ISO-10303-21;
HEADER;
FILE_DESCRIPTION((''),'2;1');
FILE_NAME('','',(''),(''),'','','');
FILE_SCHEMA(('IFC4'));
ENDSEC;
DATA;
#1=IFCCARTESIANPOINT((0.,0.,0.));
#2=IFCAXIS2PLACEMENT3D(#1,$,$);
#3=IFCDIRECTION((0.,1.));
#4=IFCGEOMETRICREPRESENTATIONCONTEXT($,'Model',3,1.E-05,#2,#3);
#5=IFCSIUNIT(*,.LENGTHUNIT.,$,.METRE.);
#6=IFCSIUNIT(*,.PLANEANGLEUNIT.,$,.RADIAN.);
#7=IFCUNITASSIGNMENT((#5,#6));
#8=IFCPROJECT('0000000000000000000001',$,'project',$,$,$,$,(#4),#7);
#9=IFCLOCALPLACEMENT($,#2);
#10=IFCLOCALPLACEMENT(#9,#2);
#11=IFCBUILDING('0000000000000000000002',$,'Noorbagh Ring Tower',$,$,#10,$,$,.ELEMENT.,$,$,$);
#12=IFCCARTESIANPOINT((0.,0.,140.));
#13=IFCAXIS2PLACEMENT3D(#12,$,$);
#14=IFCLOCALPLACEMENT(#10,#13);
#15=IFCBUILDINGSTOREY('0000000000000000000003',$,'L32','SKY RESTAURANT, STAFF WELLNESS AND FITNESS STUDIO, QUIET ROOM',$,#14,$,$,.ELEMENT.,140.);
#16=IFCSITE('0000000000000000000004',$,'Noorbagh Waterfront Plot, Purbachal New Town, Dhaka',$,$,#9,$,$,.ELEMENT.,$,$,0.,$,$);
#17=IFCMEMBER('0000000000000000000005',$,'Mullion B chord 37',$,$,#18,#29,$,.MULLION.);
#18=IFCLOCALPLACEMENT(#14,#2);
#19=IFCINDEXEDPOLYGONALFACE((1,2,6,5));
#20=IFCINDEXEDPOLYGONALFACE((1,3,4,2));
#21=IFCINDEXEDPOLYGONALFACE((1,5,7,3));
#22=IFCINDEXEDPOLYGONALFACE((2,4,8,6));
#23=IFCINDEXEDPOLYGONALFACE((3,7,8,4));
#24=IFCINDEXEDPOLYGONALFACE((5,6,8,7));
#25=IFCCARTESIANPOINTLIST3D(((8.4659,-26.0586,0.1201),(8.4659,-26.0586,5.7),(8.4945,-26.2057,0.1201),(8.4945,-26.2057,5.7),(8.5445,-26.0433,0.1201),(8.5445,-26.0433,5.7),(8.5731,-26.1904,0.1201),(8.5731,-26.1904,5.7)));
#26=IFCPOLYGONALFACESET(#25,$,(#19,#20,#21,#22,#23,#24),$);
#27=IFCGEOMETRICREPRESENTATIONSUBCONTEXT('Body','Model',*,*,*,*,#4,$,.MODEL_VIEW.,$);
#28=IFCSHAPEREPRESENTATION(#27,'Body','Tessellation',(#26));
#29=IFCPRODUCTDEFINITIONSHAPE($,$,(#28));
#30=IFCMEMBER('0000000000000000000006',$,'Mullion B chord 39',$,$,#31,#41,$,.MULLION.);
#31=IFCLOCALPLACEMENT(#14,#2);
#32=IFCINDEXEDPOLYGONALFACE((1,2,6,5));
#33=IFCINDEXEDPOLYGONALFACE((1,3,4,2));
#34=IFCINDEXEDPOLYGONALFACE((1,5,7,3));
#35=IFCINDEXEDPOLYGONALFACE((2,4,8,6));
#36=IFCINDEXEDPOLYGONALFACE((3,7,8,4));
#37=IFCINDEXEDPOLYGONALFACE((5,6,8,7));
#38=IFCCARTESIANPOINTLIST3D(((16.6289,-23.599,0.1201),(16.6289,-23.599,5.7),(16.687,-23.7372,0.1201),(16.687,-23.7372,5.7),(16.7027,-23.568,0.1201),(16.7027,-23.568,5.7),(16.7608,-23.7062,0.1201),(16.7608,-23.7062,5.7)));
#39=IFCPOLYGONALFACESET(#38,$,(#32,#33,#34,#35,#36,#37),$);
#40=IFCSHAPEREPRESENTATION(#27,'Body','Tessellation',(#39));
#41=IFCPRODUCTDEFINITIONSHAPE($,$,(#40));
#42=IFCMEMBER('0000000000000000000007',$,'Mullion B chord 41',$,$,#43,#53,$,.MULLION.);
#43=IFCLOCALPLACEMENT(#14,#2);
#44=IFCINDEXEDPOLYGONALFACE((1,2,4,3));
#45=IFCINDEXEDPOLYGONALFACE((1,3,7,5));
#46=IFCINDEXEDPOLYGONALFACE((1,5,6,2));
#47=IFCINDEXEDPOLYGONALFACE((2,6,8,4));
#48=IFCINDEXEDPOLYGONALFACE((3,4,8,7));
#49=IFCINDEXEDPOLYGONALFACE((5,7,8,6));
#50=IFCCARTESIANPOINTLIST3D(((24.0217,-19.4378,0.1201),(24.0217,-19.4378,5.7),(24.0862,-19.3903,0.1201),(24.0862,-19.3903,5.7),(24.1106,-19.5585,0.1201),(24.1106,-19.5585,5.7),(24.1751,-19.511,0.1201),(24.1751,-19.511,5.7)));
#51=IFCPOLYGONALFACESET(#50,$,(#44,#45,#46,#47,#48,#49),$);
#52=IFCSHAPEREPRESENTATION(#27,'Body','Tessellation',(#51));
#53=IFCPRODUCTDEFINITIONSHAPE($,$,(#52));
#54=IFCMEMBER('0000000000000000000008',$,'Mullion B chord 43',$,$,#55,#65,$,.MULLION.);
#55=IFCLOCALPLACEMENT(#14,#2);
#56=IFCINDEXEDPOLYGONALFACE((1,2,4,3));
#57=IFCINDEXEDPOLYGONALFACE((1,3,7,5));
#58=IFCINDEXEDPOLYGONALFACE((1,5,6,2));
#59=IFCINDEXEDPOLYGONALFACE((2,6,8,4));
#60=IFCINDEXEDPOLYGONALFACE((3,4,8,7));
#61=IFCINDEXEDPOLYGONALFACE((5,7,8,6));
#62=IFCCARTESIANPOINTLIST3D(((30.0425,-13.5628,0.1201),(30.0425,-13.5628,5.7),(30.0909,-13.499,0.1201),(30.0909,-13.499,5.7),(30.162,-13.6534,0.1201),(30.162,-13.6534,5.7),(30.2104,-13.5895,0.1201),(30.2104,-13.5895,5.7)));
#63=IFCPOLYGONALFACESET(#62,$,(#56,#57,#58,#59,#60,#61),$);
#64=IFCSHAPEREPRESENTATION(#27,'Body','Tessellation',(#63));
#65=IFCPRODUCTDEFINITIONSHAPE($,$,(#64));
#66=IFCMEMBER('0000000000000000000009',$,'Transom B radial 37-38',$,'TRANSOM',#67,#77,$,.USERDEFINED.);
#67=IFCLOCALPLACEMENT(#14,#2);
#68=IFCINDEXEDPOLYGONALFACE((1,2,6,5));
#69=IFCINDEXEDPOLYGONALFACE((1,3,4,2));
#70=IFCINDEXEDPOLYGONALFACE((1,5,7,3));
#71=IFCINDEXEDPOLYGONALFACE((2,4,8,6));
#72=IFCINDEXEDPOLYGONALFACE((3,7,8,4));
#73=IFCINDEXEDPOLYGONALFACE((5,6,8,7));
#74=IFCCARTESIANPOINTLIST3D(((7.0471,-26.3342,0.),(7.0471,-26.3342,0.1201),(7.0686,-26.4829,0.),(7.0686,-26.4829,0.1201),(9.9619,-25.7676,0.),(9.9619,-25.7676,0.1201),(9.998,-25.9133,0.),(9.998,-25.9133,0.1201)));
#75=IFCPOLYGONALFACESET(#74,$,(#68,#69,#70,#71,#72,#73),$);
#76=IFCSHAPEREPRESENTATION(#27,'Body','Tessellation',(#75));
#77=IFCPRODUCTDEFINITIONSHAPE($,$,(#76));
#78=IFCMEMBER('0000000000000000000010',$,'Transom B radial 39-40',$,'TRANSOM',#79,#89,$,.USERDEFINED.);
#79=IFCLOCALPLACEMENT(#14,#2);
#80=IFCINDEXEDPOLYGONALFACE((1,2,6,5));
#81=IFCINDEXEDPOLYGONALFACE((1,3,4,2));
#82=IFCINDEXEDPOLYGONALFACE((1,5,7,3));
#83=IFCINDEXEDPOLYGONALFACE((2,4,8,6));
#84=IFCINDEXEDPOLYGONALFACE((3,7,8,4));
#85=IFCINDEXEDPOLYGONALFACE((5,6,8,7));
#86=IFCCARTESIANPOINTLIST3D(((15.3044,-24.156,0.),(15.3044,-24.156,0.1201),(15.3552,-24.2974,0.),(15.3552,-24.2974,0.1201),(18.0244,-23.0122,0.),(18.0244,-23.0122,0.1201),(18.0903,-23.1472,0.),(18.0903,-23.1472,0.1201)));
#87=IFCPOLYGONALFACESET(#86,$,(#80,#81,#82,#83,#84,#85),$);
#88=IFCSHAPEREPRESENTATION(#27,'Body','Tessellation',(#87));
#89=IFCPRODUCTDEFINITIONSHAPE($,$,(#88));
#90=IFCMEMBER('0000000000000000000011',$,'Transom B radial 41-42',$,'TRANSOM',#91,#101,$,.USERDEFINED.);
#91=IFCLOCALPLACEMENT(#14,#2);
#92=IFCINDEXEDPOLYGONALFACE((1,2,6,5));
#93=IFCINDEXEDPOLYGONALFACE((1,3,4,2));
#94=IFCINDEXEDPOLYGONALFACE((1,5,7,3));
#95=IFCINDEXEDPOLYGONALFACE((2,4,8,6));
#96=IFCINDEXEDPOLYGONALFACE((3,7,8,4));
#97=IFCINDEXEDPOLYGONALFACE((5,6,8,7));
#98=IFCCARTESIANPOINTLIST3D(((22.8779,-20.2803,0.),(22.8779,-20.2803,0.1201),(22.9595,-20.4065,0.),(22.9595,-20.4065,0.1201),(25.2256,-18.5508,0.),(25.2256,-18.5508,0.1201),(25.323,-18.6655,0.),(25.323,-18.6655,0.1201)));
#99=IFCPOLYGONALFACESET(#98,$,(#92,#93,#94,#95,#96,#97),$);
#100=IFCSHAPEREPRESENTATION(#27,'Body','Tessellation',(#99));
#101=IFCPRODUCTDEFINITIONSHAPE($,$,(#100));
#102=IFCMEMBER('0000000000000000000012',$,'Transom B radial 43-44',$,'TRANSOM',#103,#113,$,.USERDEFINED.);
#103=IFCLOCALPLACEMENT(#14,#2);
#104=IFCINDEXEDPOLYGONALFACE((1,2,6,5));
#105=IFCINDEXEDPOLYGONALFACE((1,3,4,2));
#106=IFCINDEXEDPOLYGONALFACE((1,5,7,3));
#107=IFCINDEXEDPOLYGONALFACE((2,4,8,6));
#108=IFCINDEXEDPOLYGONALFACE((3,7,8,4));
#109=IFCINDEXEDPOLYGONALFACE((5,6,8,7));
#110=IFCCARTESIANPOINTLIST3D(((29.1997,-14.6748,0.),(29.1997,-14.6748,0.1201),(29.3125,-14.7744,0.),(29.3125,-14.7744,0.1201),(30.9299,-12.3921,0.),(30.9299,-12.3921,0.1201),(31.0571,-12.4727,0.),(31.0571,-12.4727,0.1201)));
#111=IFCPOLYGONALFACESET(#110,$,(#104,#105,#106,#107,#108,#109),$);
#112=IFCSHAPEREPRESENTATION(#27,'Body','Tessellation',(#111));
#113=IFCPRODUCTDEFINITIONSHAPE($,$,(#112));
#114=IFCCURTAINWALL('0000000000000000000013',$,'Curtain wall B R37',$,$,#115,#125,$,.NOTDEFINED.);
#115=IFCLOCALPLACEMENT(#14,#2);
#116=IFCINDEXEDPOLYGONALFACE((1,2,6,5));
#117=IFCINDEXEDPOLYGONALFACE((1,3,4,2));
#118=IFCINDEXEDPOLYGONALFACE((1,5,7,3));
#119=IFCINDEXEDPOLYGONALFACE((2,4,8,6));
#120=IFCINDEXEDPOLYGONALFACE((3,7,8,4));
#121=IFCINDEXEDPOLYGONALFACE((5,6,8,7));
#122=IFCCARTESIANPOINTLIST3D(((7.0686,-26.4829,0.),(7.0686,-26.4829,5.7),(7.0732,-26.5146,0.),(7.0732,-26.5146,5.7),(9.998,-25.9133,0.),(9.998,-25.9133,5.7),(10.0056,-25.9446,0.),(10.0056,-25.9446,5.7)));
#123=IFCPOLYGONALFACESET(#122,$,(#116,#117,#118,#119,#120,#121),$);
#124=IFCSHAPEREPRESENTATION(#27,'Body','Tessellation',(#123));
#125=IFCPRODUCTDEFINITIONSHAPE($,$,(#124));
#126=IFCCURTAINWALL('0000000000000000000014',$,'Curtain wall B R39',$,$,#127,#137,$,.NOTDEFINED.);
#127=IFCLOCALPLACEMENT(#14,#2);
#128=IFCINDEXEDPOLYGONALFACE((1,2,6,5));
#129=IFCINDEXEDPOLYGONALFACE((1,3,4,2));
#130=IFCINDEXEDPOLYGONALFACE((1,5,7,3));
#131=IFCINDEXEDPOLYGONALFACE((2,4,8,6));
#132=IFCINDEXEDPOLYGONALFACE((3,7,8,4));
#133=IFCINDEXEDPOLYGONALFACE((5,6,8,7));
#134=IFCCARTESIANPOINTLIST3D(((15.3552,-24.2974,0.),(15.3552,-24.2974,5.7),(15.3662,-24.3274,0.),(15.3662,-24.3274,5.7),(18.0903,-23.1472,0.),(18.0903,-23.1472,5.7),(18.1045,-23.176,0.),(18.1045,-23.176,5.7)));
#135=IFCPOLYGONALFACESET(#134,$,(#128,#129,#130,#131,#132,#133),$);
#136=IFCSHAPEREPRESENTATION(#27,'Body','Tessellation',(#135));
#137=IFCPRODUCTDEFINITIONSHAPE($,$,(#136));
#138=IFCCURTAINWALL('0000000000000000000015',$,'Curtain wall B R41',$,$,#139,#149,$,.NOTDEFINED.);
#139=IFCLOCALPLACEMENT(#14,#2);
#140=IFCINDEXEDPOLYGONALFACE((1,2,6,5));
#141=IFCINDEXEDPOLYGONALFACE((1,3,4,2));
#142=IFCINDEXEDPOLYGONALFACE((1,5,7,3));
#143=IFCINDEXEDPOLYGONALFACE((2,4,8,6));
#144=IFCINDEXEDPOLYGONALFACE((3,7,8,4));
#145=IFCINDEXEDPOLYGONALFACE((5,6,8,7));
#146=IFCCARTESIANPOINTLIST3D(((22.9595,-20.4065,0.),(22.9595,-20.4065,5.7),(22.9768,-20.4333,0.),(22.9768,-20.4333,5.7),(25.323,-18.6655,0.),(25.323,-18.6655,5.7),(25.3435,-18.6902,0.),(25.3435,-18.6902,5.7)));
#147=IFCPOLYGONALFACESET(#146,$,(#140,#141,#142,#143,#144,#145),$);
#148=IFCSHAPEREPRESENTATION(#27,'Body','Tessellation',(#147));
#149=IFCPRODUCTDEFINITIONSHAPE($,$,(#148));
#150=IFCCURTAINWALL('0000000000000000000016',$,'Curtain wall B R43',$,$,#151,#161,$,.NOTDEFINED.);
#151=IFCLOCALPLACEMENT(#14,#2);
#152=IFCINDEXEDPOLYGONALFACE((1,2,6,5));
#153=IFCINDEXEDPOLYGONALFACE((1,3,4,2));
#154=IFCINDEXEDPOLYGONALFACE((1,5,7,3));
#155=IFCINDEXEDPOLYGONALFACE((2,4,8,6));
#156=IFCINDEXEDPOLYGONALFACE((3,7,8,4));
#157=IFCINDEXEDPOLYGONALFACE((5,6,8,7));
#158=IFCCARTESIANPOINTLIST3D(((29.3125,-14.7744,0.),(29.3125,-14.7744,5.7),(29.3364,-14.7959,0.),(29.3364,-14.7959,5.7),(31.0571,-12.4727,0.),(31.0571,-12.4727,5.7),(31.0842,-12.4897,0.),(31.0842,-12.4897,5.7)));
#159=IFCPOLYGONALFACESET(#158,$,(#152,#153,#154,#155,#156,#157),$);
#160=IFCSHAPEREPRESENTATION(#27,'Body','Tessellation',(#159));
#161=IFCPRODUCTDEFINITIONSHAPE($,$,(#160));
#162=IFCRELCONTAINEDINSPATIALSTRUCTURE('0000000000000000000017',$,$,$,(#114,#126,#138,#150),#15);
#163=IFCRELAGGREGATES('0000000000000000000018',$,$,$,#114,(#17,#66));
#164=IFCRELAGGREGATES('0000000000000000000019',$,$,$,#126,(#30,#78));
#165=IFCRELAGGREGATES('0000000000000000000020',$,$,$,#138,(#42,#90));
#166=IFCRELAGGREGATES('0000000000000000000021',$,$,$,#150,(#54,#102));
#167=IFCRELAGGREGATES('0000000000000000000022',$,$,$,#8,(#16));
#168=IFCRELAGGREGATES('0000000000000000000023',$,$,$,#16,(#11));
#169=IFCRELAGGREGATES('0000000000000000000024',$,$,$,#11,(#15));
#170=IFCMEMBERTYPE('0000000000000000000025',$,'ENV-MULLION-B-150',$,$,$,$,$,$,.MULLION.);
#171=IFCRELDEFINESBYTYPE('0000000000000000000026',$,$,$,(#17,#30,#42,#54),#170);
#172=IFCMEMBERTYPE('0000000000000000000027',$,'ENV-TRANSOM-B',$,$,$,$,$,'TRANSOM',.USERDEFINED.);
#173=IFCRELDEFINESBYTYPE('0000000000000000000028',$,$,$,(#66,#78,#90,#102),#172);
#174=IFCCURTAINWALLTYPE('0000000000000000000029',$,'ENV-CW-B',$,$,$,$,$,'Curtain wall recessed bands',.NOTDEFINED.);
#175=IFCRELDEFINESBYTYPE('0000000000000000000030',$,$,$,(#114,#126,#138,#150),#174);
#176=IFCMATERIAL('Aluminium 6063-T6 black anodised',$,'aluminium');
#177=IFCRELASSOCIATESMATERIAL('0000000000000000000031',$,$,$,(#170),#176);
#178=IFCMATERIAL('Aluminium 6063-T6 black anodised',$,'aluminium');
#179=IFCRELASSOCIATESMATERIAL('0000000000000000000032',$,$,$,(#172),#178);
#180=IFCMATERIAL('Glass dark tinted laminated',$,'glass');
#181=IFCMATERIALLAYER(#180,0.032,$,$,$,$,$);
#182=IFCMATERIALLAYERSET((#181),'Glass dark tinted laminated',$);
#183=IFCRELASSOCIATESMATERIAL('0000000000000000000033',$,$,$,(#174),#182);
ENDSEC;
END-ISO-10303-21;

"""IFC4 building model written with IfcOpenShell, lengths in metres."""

from ifc_helpers import new_model, si_unit, direction, frame, origin, origin_2d, place, context, subcontext, project, spatial, polyline, rectangle, outline, extrude, material, layer, layer_set, material_profile, profile_set, type_object, element, aggregate, save


model = new_model("IFC4")

# Units and contexts
model_context = context("Model", 3, precision=1e-05, world=origin(), true_north=direction((0.0, 1.0)))
body_context = subcontext(model_context, "Body", "Model", "MODEL_VIEW")
ifc_project = project(units=[si_unit("LENGTHUNIT", "METRE"), si_unit("PLANEANGLEUNIT", "RADIAN")], contexts=[model_context])

# Members
ifc_material_1 = material(Name="Aluminium 6063-T6 black anodised", Category="aluminium")
ifc_material_profile_1 = material_profile(ifc_material_1, rectangle(XDim=0.1499, YDim=0.0801, at=origin_2d()), Name="150x80")
ifc_profile_set_1 = profile_set([ifc_material_profile_1], Name="Aluminium 6063-T6 black anodised")
member_type_1 = type_object("IfcMemberType", Name="ENV-MULLION-B-150", PredefinedType="MULLION", material=ifc_profile_set_1)
site_placement = place(None, origin())
building_placement = place(site_placement, origin())
storey_placement = place(building_placement, frame((0.0, 0.0, 140.0)))
member_1_placement = place(storey_placement, frame((8.5195, -26.1245, 0.1201), z_axis=(0.0, 0.0, 1.0), x_axis=(-0.19082, 0.981625, 0.0)))
member_1 = element("IfcMember", 1, at=member_1_placement, type_object=member_type_1, Name="Mullion B chord 37", PredefinedType="MULLION", context=body_context, shape_type="SweptSolid", body=[
    extrude(rectangle(XDim=0.1499, YDim=0.0801, at=origin_2d()), origin(), (0.0, 0.0, 1.0), 5.5798),
])
member_2_placement = place(storey_placement, frame((16.6948, -23.6526, 0.1201), z_axis=(0.0, 0.0, 1.0), x_axis=(-0.387638, 0.921812, 0.0)))
member_2 = element("IfcMember", 2, at=member_2_placement, type_object=member_type_1, Name="Mullion B chord 39", PredefinedType="MULLION", context=body_context, shape_type="SweptSolid", body=[
    extrude(rectangle(XDim=0.1499, YDim=0.0801, at=origin_2d()), origin(), (0.0, 0.0, 1.0), 5.5798),
])
member_3_placement = place(storey_placement, frame((24.0984, -19.4744, 0.1201), z_axis=(0.0, 0.0, 1.0), x_axis=(-0.593067, 0.805153, 0.0)))
member_3 = element("IfcMember", 3, at=member_3_placement, type_object=member_type_1, Name="Mullion B chord 41", PredefinedType="MULLION", context=body_context, shape_type="SweptSolid", body=[
    extrude(rectangle(XDim=0.1499, YDim=0.0801, at=origin_2d()), origin(), (0.0, 0.0, 1.0), 5.5798),
])
member_4_placement = place(storey_placement, frame((30.1265, -13.5762, 0.1201), z_axis=(0.0, 0.0, 1.0), x_axis=(-0.796969, 0.60402, 0.0)))
member_4 = element("IfcMember", 4, at=member_4_placement, type_object=member_type_1, Name="Mullion B chord 43", PredefinedType="MULLION", context=body_context, shape_type="SweptSolid", body=[
    extrude(rectangle(XDim=0.1499, YDim=0.0801, at=origin_2d()), origin(), (0.0, 0.0, 1.0), 5.5798),
])
ifc_material_2 = material(Name="Aluminium 6063-T6 black anodised", Category="aluminium")
member_type_2 = type_object("IfcMemberType", Name="ENV-TRANSOM-B", ElementType="TRANSOM", PredefinedType="USERDEFINED", material=ifc_material_2)
member_5_placement = place(storey_placement, origin())
member_5 = element("IfcMember", 5, at=member_5_placement, type_object=member_type_2, Name="Transom B radial 37-38", ObjectType="TRANSOM", PredefinedType="USERDEFINED", context=body_context, shape_type="SweptSolid", body=[
    extrude(outline(polyline([(7.0686, -26.4829), (9.998, -25.9133), (9.9619, -25.7676), (7.0471, -26.3342), (7.0686, -26.4829)])), origin(), (0.0, 0.0, 1.0), 0.1201),
])
member_6_placement = place(storey_placement, origin())
member_6 = element("IfcMember", 6, at=member_6_placement, type_object=member_type_2, Name="Transom B radial 39-40", ObjectType="TRANSOM", PredefinedType="USERDEFINED", context=body_context, shape_type="SweptSolid", body=[
    extrude(outline(polyline([(15.3552, -24.2974), (18.0903, -23.1472), (18.0244, -23.0122), (15.3044, -24.156), (15.3552, -24.2974)])), origin(), (0.0, 0.0, 1.0), 0.1201),
])
member_7_placement = place(storey_placement, origin())
member_7 = element("IfcMember", 7, at=member_7_placement, type_object=member_type_2, Name="Transom B radial 41-42", ObjectType="TRANSOM", PredefinedType="USERDEFINED", context=body_context, shape_type="SweptSolid", body=[
    extrude(outline(polyline([(22.9595, -20.4065), (25.323, -18.6655), (25.2256, -18.5508), (22.8779, -20.2803), (22.9595, -20.4065)])), origin(), (0.0, 0.0, 1.0), 0.1201),
])
member_8_placement = place(storey_placement, origin())
member_8 = element("IfcMember", 8, at=member_8_placement, type_object=member_type_2, Name="Transom B radial 43-44", ObjectType="TRANSOM", PredefinedType="USERDEFINED", context=body_context, shape_type="SweptSolid", body=[
    extrude(outline(polyline([(29.3125, -14.7744), (31.0571, -12.4727), (30.9299, -12.3921), (29.1997, -14.6748), (29.3125, -14.7744)])), origin(), (0.0, 0.0, 1.0), 0.1201),
])

# Site, building, storey
site = spatial("IfcSite", under=ifc_project, at=site_placement, Name="Noorbagh Waterfront Plot, Purbachal New Town, Dhaka", CompositionType="ELEMENT", RefElevation=0.0)
building = spatial("IfcBuilding", under=site, at=building_placement, Name="Noorbagh Ring Tower", CompositionType="ELEMENT")
storey = spatial("IfcBuildingStorey", under=building, at=storey_placement, Name="L32", Description="SKY RESTAURANT, STAFF WELLNESS AND FITNESS STUDIO, QUIET ROOM", CompositionType="ELEMENT", Elevation=140.0)

# Curtain walls
ifc_material_3 = material(Name="Glass dark tinted laminated", Category="glass")
ifc_layer_1 = layer(ifc_material_3, 0.032)
ifc_layer_set_1 = layer_set([ifc_layer_1], Name="Glass dark tinted laminated")
curtain_wall_type_1 = type_object("IfcCurtainWallType", Name="ENV-CW-B", ElementType="Curtain wall recessed bands", PredefinedType="NOTDEFINED", material=ifc_layer_set_1)
curtain_wall_1_placement = place(storey_placement, origin())
curtain_wall_1 = element("IfcCurtainWall", 9, at=curtain_wall_1_placement, inside=storey, type_object=curtain_wall_type_1, Name="Curtain wall B R37", PredefinedType="NOTDEFINED", context=body_context, shape_type="SweptSolid", body=[
    extrude(outline(polyline([(7.0732, -26.5146), (10.0056, -25.9446), (9.998, -25.9133), (7.0686, -26.4829), (7.0732, -26.5146)])), origin(), (0.0, 0.0, 1.0), 5.7),
])
aggregate(curtain_wall_1, [member_1, member_5])
curtain_wall_2_placement = place(storey_placement, origin())
curtain_wall_2 = element("IfcCurtainWall", 10, at=curtain_wall_2_placement, inside=storey, type_object=curtain_wall_type_1, Name="Curtain wall B R39", PredefinedType="NOTDEFINED", context=body_context, shape_type="SweptSolid", body=[
    extrude(outline(polyline([(15.3662, -24.3274), (18.1045, -23.176), (18.0903, -23.1472), (15.3552, -24.2974), (15.3662, -24.3274)])), origin(), (0.0, 0.0, 1.0), 5.7),
])
aggregate(curtain_wall_2, [member_2, member_6])
curtain_wall_3_placement = place(storey_placement, origin())
curtain_wall_3 = element("IfcCurtainWall", 11, at=curtain_wall_3_placement, inside=storey, type_object=curtain_wall_type_1, Name="Curtain wall B R41", PredefinedType="NOTDEFINED", context=body_context, shape_type="SweptSolid", body=[
    extrude(outline(polyline([(22.9768, -20.4333), (25.3435, -18.6902), (25.323, -18.6655), (22.9595, -20.4065), (22.9768, -20.4333)])), origin(), (0.0, 0.0, 1.0), 5.7),
])
aggregate(curtain_wall_3, [member_3, member_7])
curtain_wall_4_placement = place(storey_placement, origin())
curtain_wall_4 = element("IfcCurtainWall", 12, at=curtain_wall_4_placement, inside=storey, type_object=curtain_wall_type_1, Name="Curtain wall B R43", PredefinedType="NOTDEFINED", context=body_context, shape_type="SweptSolid", body=[
    extrude(outline(polyline([(29.3364, -14.7959), (31.0842, -12.4897), (31.0571, -12.4727), (29.3125, -14.7744), (29.3364, -14.7959)])), origin(), (0.0, 0.0, 1.0), 5.7),
])
aggregate(curtain_wall_4, [member_4, member_8])

save(model, "model.ifc")
